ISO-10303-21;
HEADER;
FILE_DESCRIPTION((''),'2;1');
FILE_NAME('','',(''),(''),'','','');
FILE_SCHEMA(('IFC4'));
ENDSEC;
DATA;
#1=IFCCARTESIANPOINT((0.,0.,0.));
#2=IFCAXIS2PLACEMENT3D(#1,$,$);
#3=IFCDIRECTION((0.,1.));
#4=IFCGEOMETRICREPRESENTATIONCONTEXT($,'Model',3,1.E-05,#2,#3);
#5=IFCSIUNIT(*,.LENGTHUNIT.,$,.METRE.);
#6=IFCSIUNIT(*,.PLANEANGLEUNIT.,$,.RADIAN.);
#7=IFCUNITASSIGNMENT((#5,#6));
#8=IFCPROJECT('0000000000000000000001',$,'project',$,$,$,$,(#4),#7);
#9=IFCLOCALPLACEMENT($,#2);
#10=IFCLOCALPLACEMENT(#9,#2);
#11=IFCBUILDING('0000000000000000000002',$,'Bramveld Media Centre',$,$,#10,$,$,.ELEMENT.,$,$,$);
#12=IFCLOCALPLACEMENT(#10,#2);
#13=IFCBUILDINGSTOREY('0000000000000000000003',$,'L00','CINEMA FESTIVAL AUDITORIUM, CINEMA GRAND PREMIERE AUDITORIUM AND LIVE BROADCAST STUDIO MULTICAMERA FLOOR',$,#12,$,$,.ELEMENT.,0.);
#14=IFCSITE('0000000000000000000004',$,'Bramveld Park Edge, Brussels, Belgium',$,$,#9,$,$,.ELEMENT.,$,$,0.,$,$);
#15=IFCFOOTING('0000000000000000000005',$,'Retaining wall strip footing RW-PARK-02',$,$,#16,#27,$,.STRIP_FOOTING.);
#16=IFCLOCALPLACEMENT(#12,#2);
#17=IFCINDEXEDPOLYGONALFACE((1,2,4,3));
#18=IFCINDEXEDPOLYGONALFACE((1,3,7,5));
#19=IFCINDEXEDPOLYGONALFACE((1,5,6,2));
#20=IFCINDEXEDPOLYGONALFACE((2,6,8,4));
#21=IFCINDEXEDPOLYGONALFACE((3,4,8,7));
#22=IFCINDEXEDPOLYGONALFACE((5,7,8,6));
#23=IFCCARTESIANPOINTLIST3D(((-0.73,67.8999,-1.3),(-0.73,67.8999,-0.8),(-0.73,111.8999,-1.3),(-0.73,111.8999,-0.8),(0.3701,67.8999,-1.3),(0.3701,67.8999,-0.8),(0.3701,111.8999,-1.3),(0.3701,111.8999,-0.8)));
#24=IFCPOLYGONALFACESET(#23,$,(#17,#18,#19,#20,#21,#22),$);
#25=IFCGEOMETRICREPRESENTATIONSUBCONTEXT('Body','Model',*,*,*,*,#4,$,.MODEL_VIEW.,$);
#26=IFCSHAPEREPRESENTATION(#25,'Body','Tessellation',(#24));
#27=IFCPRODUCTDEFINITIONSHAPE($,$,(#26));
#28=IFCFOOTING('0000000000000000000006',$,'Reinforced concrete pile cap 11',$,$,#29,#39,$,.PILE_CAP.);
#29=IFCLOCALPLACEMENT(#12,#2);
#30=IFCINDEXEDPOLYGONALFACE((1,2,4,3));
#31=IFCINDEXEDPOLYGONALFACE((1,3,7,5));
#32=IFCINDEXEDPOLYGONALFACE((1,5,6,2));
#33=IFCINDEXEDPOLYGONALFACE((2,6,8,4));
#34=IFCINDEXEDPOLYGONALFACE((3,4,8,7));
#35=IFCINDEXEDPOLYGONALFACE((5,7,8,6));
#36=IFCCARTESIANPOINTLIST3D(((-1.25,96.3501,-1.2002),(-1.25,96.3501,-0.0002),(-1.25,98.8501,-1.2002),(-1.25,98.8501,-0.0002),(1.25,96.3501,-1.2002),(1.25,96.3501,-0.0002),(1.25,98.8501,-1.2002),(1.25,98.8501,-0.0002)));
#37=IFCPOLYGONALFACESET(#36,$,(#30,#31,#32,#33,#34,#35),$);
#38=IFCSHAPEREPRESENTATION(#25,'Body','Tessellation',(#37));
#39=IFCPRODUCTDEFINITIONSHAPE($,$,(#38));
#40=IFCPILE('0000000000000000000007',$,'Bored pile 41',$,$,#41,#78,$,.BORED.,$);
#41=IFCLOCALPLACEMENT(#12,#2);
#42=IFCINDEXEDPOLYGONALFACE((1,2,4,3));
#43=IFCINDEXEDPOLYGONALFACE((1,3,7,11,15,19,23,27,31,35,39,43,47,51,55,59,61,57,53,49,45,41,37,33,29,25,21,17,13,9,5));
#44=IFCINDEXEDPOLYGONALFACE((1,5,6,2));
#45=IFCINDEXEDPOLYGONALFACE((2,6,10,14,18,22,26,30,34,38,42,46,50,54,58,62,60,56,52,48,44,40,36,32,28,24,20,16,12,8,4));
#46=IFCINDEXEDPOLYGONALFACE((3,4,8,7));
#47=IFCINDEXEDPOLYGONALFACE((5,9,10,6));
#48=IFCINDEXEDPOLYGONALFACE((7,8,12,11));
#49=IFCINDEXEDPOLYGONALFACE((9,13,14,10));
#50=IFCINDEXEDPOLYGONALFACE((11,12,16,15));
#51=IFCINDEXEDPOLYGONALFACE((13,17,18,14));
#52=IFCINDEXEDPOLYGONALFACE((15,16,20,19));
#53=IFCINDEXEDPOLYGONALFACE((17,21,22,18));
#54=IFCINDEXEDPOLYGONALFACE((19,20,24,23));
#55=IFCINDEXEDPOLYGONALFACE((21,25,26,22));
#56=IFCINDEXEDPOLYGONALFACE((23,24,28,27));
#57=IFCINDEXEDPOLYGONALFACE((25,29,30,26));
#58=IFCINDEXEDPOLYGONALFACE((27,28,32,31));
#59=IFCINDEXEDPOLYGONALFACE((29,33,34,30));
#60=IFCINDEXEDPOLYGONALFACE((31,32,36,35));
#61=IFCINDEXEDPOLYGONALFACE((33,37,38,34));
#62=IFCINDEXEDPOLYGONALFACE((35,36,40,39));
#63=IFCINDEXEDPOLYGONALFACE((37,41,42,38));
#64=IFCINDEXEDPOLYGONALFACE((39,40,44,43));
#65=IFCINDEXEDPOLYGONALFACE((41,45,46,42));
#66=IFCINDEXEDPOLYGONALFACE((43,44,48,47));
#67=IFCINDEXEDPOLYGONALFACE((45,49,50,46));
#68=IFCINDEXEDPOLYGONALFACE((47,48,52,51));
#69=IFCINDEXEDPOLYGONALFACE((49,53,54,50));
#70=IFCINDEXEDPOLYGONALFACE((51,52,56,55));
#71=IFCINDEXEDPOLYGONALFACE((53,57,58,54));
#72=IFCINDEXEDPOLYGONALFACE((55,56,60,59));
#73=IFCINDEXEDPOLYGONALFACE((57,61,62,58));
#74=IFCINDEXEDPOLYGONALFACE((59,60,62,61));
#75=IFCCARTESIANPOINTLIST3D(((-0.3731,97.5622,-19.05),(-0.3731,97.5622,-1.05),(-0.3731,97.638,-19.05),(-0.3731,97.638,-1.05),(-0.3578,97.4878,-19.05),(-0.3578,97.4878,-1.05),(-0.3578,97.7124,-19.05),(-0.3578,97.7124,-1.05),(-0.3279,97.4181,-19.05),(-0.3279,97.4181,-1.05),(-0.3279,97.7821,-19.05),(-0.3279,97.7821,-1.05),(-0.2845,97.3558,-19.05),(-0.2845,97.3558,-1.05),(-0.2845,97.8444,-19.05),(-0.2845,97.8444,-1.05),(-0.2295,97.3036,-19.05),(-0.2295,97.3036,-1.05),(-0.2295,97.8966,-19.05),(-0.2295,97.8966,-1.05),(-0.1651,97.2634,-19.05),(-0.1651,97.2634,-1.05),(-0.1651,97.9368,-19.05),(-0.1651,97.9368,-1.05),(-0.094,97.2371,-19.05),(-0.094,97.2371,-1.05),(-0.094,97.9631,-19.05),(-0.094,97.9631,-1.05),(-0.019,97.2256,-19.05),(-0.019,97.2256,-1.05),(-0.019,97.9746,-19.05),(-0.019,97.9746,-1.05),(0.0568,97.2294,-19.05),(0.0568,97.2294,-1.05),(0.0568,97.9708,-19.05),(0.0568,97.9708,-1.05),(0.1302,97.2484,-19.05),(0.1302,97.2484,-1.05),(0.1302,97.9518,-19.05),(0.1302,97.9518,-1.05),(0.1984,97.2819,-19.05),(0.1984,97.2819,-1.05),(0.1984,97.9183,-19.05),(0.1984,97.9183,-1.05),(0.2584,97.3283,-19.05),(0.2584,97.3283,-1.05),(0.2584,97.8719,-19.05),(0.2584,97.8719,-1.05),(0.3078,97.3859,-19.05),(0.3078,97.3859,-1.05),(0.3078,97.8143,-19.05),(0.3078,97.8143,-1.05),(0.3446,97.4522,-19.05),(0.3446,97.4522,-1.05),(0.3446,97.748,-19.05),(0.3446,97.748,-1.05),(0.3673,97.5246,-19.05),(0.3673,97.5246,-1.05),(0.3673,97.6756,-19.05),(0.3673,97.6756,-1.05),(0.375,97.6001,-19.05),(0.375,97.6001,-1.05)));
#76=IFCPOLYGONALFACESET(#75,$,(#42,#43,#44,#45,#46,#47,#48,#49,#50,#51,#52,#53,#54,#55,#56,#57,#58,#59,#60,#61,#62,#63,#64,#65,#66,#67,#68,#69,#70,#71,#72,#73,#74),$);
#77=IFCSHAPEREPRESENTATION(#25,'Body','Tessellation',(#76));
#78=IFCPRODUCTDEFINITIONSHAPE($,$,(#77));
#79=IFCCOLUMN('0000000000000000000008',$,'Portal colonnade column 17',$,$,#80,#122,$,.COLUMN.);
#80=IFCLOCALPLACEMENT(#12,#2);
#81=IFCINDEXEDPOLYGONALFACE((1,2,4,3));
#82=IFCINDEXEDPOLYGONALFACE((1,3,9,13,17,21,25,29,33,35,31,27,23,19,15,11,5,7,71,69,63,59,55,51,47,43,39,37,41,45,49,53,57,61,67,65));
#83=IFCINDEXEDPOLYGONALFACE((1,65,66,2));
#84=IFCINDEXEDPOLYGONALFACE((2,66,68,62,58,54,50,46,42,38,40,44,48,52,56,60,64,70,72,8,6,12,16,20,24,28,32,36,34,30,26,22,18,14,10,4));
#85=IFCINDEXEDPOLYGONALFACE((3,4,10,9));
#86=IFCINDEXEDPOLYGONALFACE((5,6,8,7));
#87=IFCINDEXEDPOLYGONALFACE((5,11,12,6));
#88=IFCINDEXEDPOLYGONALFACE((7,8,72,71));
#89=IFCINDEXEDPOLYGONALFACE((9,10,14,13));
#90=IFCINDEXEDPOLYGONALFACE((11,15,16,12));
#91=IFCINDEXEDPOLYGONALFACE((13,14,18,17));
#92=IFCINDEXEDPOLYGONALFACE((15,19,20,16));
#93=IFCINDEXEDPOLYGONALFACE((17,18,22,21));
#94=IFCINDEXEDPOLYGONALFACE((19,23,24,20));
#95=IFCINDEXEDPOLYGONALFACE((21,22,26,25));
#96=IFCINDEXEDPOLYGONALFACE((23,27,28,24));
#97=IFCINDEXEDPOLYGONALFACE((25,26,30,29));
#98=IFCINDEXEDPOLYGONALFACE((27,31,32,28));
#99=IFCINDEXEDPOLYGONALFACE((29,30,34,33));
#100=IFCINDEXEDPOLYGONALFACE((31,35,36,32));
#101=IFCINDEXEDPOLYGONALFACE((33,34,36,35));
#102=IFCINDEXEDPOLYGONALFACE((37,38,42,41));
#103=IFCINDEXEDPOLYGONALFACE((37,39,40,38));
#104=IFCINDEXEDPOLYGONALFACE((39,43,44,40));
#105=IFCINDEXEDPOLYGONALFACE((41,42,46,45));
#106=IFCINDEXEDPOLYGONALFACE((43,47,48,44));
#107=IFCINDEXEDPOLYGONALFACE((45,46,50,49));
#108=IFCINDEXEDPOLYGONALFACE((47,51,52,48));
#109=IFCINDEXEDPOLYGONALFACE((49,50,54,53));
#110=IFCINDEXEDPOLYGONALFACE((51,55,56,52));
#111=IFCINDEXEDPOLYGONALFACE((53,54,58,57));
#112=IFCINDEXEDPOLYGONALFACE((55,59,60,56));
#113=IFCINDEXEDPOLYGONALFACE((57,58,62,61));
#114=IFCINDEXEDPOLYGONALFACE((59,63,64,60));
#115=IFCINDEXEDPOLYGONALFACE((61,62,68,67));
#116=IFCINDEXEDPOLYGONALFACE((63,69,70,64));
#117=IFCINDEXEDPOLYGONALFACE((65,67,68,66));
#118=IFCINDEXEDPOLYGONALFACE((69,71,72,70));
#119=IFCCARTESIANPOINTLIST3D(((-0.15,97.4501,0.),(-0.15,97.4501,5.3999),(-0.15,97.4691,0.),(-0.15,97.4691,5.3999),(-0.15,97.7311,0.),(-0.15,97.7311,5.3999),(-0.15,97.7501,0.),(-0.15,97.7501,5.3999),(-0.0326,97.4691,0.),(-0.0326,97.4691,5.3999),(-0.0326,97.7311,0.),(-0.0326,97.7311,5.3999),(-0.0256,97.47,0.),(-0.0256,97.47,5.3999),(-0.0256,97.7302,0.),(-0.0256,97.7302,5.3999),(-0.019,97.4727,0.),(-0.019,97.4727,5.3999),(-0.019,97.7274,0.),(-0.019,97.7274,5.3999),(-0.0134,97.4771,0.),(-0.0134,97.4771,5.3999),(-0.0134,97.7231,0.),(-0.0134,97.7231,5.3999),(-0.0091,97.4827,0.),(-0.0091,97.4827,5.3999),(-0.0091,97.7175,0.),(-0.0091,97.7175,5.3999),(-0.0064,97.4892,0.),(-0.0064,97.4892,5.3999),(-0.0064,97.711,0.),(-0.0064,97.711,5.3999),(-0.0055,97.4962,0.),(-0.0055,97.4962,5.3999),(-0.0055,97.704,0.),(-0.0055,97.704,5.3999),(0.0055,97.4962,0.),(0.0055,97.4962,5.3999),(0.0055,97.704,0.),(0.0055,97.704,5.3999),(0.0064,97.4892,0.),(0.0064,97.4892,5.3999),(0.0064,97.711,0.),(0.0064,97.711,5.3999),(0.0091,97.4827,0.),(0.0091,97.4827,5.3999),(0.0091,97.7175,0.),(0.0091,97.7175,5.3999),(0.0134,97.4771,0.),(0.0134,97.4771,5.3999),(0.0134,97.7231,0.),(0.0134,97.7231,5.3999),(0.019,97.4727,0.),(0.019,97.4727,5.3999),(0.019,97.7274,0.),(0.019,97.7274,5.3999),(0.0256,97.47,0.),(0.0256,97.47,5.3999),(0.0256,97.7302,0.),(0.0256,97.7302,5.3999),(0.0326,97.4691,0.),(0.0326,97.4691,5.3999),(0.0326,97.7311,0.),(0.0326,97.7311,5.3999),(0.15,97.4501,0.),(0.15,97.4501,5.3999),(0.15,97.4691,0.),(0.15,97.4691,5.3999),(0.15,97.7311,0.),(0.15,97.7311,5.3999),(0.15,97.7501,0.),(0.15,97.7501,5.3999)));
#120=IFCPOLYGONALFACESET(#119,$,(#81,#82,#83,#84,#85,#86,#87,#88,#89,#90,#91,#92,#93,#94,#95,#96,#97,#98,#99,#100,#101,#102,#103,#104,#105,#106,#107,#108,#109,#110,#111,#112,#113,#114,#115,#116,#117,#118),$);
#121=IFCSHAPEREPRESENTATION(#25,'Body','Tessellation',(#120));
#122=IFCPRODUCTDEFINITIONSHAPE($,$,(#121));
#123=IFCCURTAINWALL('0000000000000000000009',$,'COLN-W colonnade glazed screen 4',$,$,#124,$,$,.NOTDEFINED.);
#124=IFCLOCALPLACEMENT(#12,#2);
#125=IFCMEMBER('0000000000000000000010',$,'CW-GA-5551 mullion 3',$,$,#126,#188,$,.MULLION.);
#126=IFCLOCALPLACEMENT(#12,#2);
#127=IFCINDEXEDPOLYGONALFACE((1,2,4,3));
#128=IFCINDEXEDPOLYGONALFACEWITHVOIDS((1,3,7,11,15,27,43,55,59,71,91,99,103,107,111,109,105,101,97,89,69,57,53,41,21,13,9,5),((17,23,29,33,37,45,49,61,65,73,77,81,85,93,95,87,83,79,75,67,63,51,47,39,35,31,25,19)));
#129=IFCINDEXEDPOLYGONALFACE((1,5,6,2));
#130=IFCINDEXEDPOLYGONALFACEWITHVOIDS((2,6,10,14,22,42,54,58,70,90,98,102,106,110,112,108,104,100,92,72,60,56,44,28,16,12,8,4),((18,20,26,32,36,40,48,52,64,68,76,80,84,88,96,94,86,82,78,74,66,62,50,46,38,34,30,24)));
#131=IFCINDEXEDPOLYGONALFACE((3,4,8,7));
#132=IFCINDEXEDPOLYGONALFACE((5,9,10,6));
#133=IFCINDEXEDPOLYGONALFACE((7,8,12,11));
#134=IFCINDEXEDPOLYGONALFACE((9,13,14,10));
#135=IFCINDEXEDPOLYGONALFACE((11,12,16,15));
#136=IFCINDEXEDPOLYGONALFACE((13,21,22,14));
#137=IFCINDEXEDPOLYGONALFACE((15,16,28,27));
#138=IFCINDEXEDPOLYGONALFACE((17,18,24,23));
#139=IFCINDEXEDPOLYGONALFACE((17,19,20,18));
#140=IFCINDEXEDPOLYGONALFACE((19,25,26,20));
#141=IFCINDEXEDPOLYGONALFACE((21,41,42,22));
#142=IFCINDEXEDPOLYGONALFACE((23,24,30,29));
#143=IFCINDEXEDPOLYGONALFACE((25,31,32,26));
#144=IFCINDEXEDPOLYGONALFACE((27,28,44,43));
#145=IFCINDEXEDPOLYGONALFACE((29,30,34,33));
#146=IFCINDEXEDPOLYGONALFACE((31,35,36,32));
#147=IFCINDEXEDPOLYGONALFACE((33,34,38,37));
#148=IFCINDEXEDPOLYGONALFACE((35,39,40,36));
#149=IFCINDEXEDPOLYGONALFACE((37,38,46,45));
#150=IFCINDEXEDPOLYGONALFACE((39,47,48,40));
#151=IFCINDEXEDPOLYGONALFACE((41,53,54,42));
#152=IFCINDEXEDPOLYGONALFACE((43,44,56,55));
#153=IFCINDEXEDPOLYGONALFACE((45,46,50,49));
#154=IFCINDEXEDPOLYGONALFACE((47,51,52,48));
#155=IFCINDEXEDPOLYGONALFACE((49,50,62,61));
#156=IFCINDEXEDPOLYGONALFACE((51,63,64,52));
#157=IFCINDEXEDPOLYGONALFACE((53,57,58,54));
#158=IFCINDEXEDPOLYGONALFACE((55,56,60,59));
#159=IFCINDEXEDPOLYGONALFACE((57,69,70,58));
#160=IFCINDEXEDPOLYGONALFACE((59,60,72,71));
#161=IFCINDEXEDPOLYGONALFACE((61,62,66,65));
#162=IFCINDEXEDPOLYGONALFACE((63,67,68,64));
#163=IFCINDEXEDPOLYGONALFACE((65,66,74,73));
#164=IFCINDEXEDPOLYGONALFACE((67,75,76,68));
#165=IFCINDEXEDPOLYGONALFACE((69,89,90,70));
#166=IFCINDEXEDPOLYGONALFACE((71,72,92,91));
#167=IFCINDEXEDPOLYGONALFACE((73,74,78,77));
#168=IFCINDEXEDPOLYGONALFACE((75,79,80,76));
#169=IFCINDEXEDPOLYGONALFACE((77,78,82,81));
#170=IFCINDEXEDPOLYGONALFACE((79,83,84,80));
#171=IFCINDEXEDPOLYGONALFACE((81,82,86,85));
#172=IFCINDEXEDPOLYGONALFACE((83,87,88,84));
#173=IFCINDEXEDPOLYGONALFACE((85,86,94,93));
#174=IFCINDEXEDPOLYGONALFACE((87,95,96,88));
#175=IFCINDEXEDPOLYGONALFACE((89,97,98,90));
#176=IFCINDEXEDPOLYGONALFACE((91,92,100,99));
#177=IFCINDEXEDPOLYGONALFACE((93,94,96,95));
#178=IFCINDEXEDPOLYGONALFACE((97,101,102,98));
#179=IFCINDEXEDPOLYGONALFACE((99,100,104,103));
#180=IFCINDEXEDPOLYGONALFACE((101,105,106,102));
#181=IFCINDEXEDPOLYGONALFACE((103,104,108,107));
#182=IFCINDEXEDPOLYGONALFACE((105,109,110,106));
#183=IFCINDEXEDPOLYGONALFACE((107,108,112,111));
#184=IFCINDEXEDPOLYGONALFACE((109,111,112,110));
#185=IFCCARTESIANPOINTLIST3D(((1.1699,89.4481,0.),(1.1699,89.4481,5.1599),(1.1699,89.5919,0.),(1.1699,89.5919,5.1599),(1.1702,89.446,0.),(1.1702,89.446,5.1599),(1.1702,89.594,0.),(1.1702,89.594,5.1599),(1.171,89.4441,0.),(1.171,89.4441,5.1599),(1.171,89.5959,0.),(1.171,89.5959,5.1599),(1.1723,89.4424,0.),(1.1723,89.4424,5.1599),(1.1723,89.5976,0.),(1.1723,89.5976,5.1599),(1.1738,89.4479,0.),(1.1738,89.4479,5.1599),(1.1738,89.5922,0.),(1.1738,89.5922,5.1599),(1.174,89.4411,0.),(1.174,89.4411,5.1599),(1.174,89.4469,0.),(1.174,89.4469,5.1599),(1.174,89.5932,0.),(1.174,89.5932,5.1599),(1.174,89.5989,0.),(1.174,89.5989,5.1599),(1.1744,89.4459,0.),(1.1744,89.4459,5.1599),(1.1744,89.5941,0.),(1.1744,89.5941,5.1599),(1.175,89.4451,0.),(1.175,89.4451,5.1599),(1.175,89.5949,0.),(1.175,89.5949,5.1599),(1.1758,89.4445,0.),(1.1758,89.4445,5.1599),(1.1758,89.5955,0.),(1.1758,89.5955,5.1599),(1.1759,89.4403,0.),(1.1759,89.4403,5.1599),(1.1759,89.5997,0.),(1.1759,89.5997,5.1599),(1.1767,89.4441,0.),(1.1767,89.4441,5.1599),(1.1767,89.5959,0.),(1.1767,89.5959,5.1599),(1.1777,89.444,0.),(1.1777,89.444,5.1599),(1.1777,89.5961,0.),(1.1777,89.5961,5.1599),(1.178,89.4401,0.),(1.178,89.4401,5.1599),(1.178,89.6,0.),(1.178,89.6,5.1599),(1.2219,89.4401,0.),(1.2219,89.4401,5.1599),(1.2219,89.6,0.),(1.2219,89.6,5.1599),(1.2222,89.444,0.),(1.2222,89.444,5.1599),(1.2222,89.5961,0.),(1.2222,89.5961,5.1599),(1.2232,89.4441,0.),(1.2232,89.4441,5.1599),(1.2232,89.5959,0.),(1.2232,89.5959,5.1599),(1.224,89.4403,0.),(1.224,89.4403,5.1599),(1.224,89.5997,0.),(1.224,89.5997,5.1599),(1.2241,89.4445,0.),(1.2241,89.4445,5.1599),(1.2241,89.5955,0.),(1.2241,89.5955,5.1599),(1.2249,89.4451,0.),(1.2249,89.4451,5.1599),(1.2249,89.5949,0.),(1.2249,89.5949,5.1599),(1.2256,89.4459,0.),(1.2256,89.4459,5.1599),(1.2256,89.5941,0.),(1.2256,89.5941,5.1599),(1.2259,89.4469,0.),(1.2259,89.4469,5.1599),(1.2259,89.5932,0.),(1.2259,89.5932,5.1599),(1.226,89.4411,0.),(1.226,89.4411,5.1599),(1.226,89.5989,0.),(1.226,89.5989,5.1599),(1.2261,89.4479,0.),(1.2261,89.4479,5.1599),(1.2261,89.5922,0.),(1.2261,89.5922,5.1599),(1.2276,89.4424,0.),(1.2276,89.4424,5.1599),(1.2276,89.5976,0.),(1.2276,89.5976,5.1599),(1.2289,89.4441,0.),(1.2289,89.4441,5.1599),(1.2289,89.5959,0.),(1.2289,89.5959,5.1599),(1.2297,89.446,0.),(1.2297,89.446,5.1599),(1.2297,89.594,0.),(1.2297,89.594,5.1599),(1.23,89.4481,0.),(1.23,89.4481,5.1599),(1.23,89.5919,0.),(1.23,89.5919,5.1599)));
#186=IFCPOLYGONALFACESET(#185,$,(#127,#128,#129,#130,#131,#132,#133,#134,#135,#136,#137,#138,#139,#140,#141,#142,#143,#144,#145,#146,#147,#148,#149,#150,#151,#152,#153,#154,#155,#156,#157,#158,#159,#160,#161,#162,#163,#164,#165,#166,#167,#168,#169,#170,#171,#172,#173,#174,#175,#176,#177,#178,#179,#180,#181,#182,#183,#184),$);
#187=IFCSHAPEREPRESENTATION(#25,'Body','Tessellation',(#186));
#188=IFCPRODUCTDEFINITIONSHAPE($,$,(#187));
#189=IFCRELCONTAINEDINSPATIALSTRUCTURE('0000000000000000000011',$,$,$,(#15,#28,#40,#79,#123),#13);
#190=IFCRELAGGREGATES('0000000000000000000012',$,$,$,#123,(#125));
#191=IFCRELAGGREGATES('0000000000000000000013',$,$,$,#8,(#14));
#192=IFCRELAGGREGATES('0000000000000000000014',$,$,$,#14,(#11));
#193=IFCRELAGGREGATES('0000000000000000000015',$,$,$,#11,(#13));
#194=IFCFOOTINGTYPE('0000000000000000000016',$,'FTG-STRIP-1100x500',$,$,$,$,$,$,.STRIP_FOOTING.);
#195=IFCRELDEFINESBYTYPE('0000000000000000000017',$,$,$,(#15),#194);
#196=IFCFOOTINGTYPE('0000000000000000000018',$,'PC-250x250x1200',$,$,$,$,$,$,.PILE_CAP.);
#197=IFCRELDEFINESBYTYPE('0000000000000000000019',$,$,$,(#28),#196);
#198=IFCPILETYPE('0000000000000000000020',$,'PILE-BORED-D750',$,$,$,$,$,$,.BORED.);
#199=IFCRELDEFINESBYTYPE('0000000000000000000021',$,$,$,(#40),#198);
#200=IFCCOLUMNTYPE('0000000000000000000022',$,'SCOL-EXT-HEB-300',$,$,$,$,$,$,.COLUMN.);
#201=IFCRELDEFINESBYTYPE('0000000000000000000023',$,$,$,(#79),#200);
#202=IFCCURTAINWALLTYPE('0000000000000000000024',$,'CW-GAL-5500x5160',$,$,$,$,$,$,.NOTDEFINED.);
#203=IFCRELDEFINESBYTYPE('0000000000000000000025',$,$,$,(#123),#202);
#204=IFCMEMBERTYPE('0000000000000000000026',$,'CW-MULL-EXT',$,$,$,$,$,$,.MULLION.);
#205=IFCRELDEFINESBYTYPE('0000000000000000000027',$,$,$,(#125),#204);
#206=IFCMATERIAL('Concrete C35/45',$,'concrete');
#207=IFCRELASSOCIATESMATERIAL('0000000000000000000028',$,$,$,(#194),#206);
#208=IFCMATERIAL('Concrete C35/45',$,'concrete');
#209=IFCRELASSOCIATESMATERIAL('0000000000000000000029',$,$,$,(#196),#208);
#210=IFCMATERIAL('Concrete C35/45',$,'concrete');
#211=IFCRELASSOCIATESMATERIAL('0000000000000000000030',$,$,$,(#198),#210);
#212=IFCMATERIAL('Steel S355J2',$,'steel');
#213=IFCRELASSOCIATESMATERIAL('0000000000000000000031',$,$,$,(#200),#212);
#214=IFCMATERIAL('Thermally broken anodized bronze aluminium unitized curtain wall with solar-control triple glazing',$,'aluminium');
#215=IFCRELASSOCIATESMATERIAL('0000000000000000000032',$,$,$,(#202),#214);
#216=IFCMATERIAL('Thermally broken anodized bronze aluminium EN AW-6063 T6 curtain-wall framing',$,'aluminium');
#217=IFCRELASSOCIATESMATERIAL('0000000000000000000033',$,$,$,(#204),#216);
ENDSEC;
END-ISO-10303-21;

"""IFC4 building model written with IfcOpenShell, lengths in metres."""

from ifc_helpers import new_model, si_unit, direction, frame, origin, origin_2d, place, context, subcontext, project, spatial, rectangle, hollow_rectangle, circle, i_section, extrude, material, material_profile, profile_set, type_object, element, aggregate, save


model = new_model("IFC4")

# Units and contexts
model_context = context("Model", 3, precision=1e-05, world=origin(), true_north=direction((0.0, 1.0)))
body_context = subcontext(model_context, "Body", "Model", "MODEL_VIEW")
ifc_project = project(units=[si_unit("LENGTHUNIT", "METRE"), si_unit("PLANEANGLEUNIT", "RADIAN")], contexts=[model_context])

# Site, building, storey
site_placement = place(None, origin())
site = spatial("IfcSite", under=ifc_project, at=site_placement, Name="Bramveld Park Edge, Brussels, Belgium", CompositionType="ELEMENT", RefElevation=0.0)
building_placement = place(site_placement, origin())
building = spatial("IfcBuilding", under=site, at=building_placement, Name="Bramveld Media Centre", CompositionType="ELEMENT")
storey_placement = place(building_placement, origin())
storey = spatial("IfcBuildingStorey", under=building, at=storey_placement, Name="L00", Description="CINEMA FESTIVAL AUDITORIUM, CINEMA GRAND PREMIERE AUDITORIUM AND LIVE BROADCAST STUDIO MULTICAMERA FLOOR", CompositionType="ELEMENT", Elevation=0.0)

# Footings
ifc_material_1 = material(Name="Concrete C35/45", Category="concrete")
footing_type_1 = type_object("IfcFootingType", Name="FTG-STRIP-1100x500", PredefinedType="STRIP_FOOTING", material=ifc_material_1)
footing_1_placement = place(storey_placement, frame((-0.1799, 89.8999, -1.3), z_axis=(0.0, 0.0, 1.0), x_axis=(0.0, 1.0, 0.0)))
element("IfcFooting", 1, at=footing_1_placement, inside=storey, type_object=footing_type_1, Name="Retaining wall strip footing RW-PARK-02", PredefinedType="STRIP_FOOTING", context=body_context, shape_type="SweptSolid", body=[
    extrude(rectangle(XDim=44.0, YDim=1.1001, at=origin_2d()), origin(), (0.0, 0.0, 1.0), 0.5),
])
ifc_material_2 = material(Name="Concrete C35/45", Category="concrete")
footing_type_2 = type_object("IfcFootingType", Name="PC-250x250x1200", PredefinedType="PILE_CAP", material=ifc_material_2)
footing_2_placement = place(storey_placement, frame((0.0, 97.6001, -1.2002), z_axis=(0.0, 0.0, 1.0), x_axis=(1.0, 0.0, 0.0)))
element("IfcFooting", 2, at=footing_2_placement, inside=storey, type_object=footing_type_2, Name="Reinforced concrete pile cap 11", PredefinedType="PILE_CAP", context=body_context, shape_type="SweptSolid", body=[
    extrude(rectangle(XDim=2.5, YDim=2.5, at=origin_2d()), origin(), (0.0, 0.0, 1.0), 1.2),
])

# Pile
ifc_material_3 = material(Name="Concrete C35/45", Category="concrete")
ifc_material_profile_1 = material_profile(ifc_material_3, circle(Radius=0.375, at=origin_2d()), Name="BORED D750")
ifc_profile_set_1 = profile_set([ifc_material_profile_1], Name="Concrete C35/45")
pile_type = type_object("IfcPileType", Name="PILE-BORED-D750", PredefinedType="BORED", material=ifc_profile_set_1)
pile_placement = place(storey_placement, frame((0.0, 97.6001, -1.05), z_axis=(0.0, 0.0, -1.0), x_axis=(1.0, 0.0, 0.0)))
element("IfcPile", 3, at=pile_placement, inside=storey, type_object=pile_type, Name="Bored pile 41", PredefinedType="BORED", context=body_context, shape_type="SweptSolid", body=[
    extrude(circle(Radius=0.375, at=origin_2d()), origin(), (0.0, 0.0, 1.0), 18.0),
])

# Column
ifc_material_4 = material(Name="Steel S355J2", Category="steel")
ifc_material_profile_2 = material_profile(ifc_material_4, i_section(OverallWidth=0.3, OverallDepth=0.3, WebThickness=0.011, FlangeThickness=0.019, FilletRadius=0.0271, at=origin_2d()), Name="HEB 300")
ifc_profile_set_2 = profile_set([ifc_material_profile_2], Name="Steel S355J2")
column_type = type_object("IfcColumnType", Name="SCOL-EXT-HEB-300", PredefinedType="COLUMN", material=ifc_profile_set_2)
column_placement = place(storey_placement, frame((0.0, 97.6001, 0.0), z_axis=(0.0, 0.0, 1.0), x_axis=(1.0, 0.0, 0.0)))
element("IfcColumn", 4, at=column_placement, inside=storey, type_object=column_type, Name="Portal colonnade column 17", PredefinedType="COLUMN", context=body_context, shape_type="SweptSolid", body=[
    extrude(i_section(OverallWidth=0.3, OverallDepth=0.3, WebThickness=0.011, FlangeThickness=0.019, FilletRadius=0.0271, at=origin_2d()), origin(), (0.0, 0.0, 1.0), 5.3999),
])

# Curtain wall, member
ifc_material_5 = material(Name="Thermally broken anodized bronze aluminium unitized curtain wall with solar-control triple glazing", Category="aluminium")
curtain_wall_type_1 = type_object("IfcCurtainWallType", Name="CW-GAL-5500x5160", PredefinedType="NOTDEFINED", material=ifc_material_5)
curtain_wall_1_placement = place(storey_placement, origin())
curtain_wall_1 = element("IfcCurtainWall", 5, at=curtain_wall_1_placement, inside=storey, type_object=curtain_wall_type_1, Name="COLN-W colonnade glazed screen 4", PredefinedType="NOTDEFINED")
ifc_material_6 = material(Name="Thermally broken anodized bronze aluminium EN AW-6063 T6 curtain-wall framing", Category="aluminium")
ifc_material_profile_3 = material_profile(ifc_material_6, hollow_rectangle(XDim=0.0601, YDim=0.1599, WallThickness=0.0039, InnerFilletRadius=0.0039, OuterFilletRadius=0.0081, at=origin_2d()), Name="AL-MULL 60x160")
ifc_profile_set_3 = profile_set([ifc_material_profile_3], Name="Thermally broken anodized bronze aluminium EN AW-6063 T6 curtain-wall framing")
member_type_1 = type_object("IfcMemberType", Name="CW-MULL-EXT", PredefinedType="MULLION", material=ifc_profile_set_3)
member_1_placement = place(storey_placement, frame((1.2, 89.52, 0.0), z_axis=(0.0, 0.0, 1.0), x_axis=(-1.0, 0.0, 0.0)))
member_1 = element("IfcMember", 6, at=member_1_placement, type_object=member_type_1, Name="CW-GA-5551 mullion 3", PredefinedType="MULLION", context=body_context, shape_type="SweptSolid", body=[
    extrude(hollow_rectangle(XDim=0.0601, YDim=0.1599, WallThickness=0.0039, InnerFilletRadius=0.0039, OuterFilletRadius=0.0081, at=origin_2d()), origin(), (0.0, 0.0, 1.0), 5.1599),
])
aggregate(curtain_wall_1, [member_1])

save(model, "model.ifc")
